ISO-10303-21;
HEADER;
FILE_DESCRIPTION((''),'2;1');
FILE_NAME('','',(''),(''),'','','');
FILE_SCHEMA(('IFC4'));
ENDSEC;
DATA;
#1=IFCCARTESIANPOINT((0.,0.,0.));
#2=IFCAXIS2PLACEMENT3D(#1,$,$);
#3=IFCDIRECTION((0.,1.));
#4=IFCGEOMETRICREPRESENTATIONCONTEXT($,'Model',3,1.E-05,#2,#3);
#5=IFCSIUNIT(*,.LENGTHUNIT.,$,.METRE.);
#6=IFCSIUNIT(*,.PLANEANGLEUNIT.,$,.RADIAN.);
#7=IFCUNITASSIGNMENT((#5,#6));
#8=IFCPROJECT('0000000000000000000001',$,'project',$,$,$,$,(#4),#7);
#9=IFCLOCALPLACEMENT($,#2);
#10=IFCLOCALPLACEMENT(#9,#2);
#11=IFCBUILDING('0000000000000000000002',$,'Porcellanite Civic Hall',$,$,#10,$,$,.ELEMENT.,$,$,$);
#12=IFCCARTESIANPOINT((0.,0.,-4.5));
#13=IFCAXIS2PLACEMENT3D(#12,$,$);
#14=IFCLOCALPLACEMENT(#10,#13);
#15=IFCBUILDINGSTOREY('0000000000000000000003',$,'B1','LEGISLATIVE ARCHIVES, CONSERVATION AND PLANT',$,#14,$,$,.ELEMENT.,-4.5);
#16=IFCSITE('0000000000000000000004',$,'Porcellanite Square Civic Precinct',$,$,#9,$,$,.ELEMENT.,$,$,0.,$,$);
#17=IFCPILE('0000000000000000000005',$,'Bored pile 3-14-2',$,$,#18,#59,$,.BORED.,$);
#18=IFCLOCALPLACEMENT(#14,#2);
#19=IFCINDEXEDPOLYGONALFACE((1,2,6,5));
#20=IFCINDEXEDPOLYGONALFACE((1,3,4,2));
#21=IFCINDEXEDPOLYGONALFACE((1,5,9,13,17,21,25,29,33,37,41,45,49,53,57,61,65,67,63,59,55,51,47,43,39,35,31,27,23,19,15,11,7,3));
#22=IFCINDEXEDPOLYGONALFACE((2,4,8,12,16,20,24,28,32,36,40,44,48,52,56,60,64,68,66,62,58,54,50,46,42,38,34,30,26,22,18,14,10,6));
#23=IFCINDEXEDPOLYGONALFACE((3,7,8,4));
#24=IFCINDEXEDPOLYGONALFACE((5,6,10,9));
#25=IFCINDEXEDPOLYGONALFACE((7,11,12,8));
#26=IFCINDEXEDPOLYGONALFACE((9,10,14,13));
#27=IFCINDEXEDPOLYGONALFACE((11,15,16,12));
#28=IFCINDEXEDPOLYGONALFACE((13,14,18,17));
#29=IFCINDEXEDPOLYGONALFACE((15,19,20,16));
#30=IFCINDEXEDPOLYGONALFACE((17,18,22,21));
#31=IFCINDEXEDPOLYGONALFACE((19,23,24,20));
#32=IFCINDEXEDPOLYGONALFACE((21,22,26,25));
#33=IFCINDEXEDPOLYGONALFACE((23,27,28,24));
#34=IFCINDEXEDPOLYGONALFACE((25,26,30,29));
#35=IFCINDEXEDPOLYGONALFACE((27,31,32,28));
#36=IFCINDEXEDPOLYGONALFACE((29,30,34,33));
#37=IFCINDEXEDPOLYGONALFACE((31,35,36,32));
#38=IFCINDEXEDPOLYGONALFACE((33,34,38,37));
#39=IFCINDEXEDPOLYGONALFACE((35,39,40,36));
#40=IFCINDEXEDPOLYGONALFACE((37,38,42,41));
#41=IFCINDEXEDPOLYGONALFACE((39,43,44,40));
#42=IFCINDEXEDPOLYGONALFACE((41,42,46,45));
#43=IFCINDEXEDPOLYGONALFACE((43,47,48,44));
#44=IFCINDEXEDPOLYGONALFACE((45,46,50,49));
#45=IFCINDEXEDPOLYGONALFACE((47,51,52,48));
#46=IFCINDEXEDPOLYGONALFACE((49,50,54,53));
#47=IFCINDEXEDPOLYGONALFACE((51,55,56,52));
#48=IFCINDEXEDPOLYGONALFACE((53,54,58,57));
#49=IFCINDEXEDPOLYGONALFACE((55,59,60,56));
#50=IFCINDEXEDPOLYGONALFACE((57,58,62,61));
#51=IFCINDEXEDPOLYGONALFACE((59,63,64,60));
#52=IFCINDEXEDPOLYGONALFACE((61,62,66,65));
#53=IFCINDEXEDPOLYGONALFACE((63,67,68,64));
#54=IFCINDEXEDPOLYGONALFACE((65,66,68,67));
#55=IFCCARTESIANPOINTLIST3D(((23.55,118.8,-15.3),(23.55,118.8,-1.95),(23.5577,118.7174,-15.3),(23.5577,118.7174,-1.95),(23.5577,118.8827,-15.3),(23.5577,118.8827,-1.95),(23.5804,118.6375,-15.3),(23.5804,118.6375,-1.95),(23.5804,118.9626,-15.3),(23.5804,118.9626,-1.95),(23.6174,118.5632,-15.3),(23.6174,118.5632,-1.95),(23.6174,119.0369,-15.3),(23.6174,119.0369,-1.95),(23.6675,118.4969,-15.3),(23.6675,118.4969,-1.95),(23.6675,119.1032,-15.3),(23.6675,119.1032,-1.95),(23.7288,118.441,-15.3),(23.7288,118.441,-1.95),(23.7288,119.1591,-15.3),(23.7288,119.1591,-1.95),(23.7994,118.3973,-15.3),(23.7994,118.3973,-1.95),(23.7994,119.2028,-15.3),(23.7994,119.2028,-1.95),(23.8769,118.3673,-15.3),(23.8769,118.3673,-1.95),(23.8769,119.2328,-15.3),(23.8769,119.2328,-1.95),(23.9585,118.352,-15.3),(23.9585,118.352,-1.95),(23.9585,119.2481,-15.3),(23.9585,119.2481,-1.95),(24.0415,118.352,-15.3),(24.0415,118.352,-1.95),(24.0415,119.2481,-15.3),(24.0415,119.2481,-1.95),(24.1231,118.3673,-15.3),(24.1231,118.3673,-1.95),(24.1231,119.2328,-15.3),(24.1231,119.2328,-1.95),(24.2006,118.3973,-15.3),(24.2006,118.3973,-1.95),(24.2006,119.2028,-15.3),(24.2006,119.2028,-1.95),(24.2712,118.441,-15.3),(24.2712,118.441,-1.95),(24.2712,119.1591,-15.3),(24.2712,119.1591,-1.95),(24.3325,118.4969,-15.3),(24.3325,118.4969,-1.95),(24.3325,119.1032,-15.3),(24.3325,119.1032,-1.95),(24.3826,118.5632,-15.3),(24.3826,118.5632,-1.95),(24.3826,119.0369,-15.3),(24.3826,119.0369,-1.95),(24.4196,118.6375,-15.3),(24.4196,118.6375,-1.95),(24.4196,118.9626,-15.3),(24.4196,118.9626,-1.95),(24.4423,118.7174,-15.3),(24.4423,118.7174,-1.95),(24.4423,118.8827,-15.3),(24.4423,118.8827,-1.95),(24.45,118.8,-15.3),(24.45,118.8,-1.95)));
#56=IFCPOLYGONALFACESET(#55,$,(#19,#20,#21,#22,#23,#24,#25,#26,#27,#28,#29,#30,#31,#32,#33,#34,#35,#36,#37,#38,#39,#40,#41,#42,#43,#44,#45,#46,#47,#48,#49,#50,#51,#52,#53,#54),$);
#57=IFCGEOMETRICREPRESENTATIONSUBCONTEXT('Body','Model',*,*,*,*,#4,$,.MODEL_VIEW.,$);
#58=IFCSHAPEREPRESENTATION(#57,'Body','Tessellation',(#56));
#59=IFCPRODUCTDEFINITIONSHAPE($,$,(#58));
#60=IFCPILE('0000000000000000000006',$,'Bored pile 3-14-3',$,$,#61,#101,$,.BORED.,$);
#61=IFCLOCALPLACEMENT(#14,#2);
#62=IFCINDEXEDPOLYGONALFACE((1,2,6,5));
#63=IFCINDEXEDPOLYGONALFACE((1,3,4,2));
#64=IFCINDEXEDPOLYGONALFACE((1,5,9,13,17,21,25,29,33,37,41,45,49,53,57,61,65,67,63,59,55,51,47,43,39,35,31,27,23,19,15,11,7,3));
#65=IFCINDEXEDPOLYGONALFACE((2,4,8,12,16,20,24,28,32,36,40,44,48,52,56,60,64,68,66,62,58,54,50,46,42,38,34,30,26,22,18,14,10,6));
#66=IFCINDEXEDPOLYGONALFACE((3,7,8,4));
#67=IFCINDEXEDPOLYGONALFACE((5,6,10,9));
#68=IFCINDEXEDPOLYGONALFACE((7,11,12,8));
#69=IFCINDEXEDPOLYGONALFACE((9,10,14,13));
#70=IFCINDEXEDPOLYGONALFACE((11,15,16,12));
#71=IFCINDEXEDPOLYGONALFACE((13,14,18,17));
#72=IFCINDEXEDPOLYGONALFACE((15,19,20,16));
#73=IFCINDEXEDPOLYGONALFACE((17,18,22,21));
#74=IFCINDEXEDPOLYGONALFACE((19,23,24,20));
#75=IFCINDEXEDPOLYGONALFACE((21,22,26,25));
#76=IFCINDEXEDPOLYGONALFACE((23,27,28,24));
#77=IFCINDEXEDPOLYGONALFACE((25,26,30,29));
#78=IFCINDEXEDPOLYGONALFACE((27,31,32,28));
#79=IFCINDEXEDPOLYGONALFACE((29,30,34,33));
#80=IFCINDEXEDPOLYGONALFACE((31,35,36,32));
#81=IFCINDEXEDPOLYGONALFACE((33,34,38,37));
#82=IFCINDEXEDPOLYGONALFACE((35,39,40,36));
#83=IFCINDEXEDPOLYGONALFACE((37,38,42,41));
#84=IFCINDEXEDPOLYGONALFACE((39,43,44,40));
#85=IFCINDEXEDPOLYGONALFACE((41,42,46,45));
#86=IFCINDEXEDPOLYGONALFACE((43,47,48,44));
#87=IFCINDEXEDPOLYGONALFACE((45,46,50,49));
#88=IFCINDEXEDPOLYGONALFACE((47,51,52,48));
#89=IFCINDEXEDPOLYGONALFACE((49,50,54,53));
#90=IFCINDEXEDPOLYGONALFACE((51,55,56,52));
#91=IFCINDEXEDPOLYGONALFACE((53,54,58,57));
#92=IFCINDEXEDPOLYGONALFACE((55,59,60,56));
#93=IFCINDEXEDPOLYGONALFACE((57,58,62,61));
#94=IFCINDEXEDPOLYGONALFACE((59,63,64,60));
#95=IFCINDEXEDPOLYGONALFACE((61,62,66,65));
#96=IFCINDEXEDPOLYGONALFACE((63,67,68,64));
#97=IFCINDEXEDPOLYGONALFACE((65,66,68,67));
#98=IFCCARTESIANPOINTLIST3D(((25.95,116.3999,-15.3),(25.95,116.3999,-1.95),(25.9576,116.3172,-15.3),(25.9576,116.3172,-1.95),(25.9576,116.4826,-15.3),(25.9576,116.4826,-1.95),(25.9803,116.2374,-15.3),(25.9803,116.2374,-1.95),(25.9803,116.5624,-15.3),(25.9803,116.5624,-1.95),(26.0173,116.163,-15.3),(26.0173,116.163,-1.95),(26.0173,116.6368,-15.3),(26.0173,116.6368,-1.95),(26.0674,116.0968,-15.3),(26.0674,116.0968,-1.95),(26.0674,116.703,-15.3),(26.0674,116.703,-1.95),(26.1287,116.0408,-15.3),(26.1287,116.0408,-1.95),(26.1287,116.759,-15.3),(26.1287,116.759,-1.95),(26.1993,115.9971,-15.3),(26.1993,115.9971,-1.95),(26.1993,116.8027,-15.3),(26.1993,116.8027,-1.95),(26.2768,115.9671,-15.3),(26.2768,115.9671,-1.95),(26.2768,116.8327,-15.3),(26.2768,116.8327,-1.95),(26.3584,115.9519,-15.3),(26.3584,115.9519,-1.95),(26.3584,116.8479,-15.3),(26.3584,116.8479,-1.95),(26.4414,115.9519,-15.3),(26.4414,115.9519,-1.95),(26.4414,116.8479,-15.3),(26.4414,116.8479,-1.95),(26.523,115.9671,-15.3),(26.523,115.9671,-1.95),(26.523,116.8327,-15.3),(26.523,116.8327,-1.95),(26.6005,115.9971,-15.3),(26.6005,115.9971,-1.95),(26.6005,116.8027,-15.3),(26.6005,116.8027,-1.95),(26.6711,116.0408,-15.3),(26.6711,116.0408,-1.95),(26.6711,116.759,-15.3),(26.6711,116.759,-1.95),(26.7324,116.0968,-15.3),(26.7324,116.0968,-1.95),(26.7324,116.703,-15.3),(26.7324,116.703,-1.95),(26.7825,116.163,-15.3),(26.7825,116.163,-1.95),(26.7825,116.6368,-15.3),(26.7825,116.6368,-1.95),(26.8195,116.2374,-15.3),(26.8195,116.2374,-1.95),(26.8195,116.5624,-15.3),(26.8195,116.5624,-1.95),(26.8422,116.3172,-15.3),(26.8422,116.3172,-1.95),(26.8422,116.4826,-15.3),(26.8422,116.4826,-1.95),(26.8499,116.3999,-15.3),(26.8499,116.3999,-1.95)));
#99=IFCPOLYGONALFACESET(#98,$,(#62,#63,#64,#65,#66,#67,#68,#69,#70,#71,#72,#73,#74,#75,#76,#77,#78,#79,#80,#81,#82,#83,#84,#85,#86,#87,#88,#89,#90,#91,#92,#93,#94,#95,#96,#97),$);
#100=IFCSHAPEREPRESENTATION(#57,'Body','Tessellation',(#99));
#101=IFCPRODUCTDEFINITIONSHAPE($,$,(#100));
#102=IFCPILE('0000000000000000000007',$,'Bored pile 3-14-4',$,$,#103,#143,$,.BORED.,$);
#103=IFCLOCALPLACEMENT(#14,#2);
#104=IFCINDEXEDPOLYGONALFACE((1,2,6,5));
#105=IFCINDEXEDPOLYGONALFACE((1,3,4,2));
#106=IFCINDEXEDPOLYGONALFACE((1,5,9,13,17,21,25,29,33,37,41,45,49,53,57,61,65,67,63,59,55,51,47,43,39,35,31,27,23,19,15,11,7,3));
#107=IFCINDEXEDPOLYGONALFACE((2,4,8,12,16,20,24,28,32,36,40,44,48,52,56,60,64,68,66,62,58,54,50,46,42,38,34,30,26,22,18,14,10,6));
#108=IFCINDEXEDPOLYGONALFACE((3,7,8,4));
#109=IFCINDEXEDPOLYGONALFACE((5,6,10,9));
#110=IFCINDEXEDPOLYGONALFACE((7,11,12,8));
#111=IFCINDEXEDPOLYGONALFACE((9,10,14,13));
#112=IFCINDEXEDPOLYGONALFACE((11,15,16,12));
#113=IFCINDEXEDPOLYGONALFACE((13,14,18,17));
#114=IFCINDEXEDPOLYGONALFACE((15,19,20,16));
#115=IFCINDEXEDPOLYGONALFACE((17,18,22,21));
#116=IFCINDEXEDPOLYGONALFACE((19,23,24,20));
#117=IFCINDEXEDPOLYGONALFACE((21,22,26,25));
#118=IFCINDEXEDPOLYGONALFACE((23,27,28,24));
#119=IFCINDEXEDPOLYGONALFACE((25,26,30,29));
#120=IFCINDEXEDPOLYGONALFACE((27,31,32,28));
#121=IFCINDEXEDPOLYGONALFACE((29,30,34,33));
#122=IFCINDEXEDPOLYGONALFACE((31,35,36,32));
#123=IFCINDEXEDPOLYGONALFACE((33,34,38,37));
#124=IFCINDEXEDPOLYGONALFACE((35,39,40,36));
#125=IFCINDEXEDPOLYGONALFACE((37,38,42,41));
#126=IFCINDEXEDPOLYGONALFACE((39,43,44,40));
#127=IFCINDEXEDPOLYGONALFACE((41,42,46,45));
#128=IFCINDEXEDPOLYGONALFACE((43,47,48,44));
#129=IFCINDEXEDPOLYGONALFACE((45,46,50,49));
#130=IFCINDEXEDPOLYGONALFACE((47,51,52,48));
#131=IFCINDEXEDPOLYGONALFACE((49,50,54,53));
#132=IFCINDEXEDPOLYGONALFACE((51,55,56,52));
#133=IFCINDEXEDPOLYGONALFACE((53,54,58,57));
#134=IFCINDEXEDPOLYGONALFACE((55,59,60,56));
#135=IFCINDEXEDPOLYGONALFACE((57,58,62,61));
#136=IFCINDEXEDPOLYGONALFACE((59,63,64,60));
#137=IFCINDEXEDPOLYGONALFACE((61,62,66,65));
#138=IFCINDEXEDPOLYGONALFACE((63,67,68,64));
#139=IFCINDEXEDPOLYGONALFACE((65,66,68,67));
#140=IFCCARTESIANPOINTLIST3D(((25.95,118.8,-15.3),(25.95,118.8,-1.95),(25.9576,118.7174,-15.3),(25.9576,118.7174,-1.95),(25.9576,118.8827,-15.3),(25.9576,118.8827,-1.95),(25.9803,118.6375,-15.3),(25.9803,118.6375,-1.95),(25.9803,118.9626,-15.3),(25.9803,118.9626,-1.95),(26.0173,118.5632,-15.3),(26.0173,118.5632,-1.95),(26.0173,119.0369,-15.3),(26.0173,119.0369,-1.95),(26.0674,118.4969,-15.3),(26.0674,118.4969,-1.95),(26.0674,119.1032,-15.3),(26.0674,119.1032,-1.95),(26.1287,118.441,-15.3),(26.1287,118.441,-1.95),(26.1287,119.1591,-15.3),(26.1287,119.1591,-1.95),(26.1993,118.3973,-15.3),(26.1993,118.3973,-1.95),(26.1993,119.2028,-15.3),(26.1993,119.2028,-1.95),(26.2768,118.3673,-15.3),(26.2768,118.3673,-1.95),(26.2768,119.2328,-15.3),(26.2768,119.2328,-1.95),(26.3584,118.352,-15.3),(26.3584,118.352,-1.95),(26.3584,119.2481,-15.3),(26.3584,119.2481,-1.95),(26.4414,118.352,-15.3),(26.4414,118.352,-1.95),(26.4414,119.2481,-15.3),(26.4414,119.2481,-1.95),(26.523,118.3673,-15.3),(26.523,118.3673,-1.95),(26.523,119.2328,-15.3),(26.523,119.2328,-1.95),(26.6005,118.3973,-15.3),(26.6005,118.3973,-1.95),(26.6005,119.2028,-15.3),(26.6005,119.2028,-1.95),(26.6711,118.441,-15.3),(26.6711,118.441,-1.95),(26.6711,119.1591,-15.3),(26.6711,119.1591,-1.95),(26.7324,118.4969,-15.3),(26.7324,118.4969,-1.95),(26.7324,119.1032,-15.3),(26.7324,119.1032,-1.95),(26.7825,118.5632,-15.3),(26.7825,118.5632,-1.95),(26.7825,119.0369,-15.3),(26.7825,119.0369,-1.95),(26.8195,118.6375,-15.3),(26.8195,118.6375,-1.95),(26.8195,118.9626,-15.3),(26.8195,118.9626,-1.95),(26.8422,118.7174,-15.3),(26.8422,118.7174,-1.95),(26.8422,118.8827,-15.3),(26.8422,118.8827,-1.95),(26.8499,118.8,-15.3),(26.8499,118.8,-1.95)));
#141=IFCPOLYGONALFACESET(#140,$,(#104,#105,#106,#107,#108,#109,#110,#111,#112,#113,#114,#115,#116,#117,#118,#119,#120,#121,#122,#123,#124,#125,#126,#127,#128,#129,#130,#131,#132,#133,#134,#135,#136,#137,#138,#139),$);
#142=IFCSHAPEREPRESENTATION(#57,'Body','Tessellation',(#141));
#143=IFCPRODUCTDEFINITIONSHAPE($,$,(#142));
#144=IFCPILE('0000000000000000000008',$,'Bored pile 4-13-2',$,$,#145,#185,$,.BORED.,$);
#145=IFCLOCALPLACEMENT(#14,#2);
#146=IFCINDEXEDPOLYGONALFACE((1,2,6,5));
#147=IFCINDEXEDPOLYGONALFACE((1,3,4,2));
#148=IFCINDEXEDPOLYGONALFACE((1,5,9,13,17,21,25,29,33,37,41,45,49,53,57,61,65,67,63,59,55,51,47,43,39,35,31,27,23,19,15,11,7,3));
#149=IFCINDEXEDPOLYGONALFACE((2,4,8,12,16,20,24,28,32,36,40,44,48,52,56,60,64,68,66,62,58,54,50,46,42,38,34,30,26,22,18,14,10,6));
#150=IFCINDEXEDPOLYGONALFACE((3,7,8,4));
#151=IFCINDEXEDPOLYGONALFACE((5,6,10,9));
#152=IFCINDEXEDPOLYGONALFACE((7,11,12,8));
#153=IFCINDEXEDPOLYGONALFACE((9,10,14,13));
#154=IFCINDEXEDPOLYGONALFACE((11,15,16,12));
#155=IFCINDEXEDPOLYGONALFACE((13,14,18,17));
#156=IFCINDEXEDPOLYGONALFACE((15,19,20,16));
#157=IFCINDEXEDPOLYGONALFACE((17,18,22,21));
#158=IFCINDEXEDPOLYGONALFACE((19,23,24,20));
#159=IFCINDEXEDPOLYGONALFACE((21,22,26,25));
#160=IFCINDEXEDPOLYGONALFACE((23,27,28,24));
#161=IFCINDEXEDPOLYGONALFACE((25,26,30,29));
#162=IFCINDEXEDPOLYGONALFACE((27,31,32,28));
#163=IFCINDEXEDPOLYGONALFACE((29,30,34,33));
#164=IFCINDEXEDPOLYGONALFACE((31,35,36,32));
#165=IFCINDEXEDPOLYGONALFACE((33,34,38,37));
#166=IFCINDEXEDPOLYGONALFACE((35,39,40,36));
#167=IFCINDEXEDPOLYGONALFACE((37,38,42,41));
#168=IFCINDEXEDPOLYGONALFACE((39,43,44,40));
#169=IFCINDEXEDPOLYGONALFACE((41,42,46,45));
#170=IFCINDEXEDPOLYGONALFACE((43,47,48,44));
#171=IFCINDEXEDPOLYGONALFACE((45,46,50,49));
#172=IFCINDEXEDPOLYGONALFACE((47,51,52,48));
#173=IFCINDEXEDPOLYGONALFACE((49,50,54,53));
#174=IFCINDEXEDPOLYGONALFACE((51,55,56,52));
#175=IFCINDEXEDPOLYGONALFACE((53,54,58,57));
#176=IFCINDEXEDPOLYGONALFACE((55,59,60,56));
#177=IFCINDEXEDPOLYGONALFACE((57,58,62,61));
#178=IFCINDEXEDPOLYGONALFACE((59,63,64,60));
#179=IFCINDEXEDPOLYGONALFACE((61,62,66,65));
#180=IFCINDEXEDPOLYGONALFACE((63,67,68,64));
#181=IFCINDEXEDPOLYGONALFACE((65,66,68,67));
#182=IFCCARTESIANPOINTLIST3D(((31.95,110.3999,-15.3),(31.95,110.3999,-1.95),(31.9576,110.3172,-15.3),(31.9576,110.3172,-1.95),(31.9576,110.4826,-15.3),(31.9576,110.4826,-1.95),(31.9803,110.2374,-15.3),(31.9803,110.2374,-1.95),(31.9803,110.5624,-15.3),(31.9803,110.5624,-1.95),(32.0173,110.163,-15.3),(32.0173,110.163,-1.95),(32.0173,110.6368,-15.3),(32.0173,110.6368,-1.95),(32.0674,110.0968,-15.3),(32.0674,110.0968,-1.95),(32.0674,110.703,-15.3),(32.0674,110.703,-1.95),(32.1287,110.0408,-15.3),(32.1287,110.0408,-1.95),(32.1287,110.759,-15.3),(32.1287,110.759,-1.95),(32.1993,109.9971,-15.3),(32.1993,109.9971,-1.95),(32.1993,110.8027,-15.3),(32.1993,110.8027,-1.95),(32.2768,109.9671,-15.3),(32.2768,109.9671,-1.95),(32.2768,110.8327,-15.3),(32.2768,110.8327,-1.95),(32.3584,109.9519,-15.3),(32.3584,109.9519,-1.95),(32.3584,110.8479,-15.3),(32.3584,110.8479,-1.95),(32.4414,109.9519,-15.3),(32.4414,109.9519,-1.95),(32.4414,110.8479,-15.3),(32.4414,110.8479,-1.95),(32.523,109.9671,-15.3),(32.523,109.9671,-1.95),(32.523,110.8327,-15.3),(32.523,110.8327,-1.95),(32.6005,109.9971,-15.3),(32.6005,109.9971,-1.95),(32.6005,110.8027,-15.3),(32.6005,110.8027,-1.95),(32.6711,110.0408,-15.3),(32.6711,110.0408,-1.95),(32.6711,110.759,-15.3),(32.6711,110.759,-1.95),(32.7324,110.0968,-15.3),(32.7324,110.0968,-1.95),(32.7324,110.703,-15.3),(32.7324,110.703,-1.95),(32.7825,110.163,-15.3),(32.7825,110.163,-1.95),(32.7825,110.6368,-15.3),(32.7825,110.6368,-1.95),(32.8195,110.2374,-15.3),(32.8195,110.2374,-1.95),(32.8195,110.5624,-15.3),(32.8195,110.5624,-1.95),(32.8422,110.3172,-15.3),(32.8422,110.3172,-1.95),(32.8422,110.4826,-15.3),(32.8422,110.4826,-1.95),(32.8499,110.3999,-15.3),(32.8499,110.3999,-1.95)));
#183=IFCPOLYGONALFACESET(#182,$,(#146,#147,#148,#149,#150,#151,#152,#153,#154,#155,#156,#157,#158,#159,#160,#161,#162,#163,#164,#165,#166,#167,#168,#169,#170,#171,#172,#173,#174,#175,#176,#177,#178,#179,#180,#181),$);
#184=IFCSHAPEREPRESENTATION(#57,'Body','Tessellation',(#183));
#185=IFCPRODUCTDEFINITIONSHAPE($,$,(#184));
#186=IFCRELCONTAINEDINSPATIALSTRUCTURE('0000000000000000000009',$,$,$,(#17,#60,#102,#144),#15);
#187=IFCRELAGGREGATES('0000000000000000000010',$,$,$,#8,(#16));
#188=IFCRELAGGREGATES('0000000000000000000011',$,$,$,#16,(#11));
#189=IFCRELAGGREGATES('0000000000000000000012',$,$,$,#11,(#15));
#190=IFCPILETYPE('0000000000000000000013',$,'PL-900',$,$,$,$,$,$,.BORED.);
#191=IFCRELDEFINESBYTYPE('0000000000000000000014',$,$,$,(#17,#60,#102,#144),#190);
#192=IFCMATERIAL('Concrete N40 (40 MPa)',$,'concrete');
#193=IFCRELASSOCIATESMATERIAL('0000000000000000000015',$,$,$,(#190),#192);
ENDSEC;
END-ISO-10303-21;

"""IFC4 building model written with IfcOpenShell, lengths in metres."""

from ifc_helpers import new_model, si_unit, direction, frame, origin, origin_2d, place, context, subcontext, project, spatial, circle, extrude, material, material_profile, profile_set, type_object, element, save


model = new_model("IFC4")

# Units and contexts
model_context = context("Model", 3, precision=1e-05, world=origin(), true_north=direction((0.0, 1.0)))
body_context = subcontext(model_context, "Body", "Model", "MODEL_VIEW")
ifc_project = project(units=[si_unit("LENGTHUNIT", "METRE"), si_unit("PLANEANGLEUNIT", "RADIAN")], contexts=[model_context])

# Site, building, storey
site_placement = place(None, origin())
site = spatial("IfcSite", under=ifc_project, at=site_placement, Name="Porcellanite Square Civic Precinct", CompositionType="ELEMENT", RefElevation=0.0)
building_placement = place(site_placement, origin())
building = spatial("IfcBuilding", under=site, at=building_placement, Name="Porcellanite Civic Hall", CompositionType="ELEMENT")
storey_placement = place(building_placement, frame((0.0, 0.0, -4.5)))
storey = spatial("IfcBuildingStorey", under=building, at=storey_placement, Name="B1", Description="LEGISLATIVE ARCHIVES, CONSERVATION AND PLANT", CompositionType="ELEMENT", Elevation=-4.5)

# Piles
ifc_material_1 = material(Name="Concrete N40 (40 MPa)", Category="concrete")
ifc_material_profile_1 = material_profile(ifc_material_1, circle(Radius=0.45, at=origin_2d()), Name="PILE-D900")
ifc_profile_set_1 = profile_set([ifc_material_profile_1], Name="Concrete N40 (40 MPa)")
pile_type = type_object("IfcPileType", Name="PL-900", PredefinedType="BORED", material=ifc_profile_set_1)
for number, where, z_axis, x_axis, name in (
    (1, (24.0, 118.8, -1.95), (0.0, 0.0, -1.0), (1.0, 0.0, 0.0), "Bored pile 3-14-2"),
    (2, (26.3999, 116.3999, -1.95), (0.0, 0.0, -1.0), (1.0, 0.0, 0.0), "Bored pile 3-14-3"),
    (3, (26.3999, 118.8, -1.95), (0.0, 0.0, -1.0), (1.0, 0.0, 0.0), "Bored pile 3-14-4"),
    (4, (32.3999, 110.3999, -1.95), (0.0, 0.0, -1.0), (1.0, 0.0, 0.0), "Bored pile 4-13-2"),
):
    element("IfcPile", number, at=place(storey_placement, frame(where, z_axis=z_axis, x_axis=x_axis)), inside=storey, type_object=pile_type, Name=name, PredefinedType="BORED", context=body_context, shape_type="SweptSolid", body=[
        extrude(circle(Radius=0.45, at=origin_2d()), origin(), (0.0, 0.0, 1.0), 13.3501),
    ])

save(model, "model.ifc")
